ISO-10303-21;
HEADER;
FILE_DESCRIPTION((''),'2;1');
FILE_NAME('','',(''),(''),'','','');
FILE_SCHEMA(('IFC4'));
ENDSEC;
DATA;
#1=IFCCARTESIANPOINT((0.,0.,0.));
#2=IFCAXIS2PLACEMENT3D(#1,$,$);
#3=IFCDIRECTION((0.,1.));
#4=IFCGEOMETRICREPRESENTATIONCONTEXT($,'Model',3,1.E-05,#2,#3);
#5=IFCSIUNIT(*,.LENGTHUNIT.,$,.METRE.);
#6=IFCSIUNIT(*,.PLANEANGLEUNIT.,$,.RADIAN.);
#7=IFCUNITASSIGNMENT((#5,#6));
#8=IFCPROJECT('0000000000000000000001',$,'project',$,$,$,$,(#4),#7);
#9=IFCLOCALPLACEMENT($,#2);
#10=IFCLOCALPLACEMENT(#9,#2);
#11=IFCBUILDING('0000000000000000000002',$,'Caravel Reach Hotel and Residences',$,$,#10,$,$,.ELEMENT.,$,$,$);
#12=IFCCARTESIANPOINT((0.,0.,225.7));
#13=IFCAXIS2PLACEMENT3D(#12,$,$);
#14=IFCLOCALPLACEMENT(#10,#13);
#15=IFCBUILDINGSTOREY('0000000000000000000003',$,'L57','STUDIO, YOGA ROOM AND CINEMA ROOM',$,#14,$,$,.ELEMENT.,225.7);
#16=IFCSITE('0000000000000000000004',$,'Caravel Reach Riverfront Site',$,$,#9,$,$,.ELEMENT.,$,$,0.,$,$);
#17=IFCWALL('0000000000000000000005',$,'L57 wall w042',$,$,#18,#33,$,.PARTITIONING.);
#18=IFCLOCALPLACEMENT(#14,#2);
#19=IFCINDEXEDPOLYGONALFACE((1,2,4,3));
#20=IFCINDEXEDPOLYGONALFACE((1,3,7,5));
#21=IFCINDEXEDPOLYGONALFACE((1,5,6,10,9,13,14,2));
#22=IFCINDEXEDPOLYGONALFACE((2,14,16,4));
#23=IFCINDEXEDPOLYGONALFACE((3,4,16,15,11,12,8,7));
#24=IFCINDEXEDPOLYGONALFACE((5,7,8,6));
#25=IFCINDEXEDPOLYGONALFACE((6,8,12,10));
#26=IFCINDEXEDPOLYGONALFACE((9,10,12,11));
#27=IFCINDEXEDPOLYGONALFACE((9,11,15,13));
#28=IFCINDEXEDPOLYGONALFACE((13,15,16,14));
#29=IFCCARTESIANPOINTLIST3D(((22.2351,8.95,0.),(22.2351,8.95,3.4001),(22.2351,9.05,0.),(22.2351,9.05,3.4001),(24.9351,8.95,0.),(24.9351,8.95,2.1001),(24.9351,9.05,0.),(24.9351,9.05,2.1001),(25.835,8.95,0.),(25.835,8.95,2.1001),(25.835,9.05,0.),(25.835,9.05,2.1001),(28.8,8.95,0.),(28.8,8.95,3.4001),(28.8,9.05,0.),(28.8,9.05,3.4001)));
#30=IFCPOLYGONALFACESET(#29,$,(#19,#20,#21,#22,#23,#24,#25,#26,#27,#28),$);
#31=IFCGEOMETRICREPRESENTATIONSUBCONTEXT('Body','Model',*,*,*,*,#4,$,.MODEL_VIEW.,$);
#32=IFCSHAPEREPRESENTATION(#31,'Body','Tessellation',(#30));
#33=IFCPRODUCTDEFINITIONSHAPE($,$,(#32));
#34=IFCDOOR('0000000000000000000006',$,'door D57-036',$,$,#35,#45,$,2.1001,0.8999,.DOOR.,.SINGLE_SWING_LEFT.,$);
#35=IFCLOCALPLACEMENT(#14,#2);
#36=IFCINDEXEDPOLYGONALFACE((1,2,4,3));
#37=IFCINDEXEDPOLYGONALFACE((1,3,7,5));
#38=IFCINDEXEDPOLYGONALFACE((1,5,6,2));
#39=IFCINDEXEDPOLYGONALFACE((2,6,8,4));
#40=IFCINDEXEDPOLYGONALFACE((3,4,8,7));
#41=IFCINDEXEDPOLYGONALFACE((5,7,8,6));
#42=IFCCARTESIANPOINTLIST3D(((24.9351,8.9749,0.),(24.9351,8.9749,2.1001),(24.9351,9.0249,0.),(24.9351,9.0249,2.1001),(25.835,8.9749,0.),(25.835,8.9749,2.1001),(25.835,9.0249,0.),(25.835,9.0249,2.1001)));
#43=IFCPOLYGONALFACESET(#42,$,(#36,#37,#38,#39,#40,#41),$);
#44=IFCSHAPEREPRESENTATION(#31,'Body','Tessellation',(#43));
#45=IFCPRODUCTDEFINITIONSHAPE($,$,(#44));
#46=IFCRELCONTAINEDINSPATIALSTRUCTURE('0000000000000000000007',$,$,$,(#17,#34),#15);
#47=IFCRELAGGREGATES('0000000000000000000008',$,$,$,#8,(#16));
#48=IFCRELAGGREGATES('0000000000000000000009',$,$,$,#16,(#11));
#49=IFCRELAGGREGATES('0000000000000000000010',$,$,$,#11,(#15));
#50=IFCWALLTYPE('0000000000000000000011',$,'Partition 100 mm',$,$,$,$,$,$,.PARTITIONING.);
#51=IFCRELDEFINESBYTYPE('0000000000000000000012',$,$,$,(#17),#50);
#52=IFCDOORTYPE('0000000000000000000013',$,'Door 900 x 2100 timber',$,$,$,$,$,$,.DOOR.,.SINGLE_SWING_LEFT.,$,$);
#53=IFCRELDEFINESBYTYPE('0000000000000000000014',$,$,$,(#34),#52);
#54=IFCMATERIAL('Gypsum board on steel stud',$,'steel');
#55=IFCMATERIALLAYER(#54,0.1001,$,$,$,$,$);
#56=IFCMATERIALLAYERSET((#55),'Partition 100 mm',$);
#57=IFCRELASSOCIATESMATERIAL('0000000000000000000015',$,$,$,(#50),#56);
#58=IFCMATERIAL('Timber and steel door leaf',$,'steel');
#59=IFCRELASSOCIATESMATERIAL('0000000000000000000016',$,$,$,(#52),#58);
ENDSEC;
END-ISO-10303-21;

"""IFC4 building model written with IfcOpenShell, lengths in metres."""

from ifc_helpers import new_model, si_unit, direction, frame, frame_2d, origin, place, context, subcontext, project, spatial, rectangle, extrude, material, layer, layer_set, type_object, element, fill, save


model = new_model("IFC4")

# Units and contexts
model_context = context("Model", 3, precision=1e-05, world=origin(), true_north=direction((0.0, 1.0)))
body_context = subcontext(model_context, "Body", "Model", "MODEL_VIEW")
ifc_project = project(units=[si_unit("LENGTHUNIT", "METRE"), si_unit("PLANEANGLEUNIT", "RADIAN")], contexts=[model_context])

# Site, building, storey
site_placement = place(None, origin())
site = spatial("IfcSite", under=ifc_project, at=site_placement, Name="Caravel Reach Riverfront Site", CompositionType="ELEMENT", RefElevation=0.0)
building_placement = place(site_placement, origin())
building = spatial("IfcBuilding", under=site, at=building_placement, Name="Caravel Reach Hotel and Residences", CompositionType="ELEMENT")
storey_placement = place(building_placement, frame((0.0, 0.0, 225.7)))
storey = spatial("IfcBuildingStorey", under=building, at=storey_placement, Name="L57", Description="STUDIO, YOGA ROOM AND CINEMA ROOM", CompositionType="ELEMENT", Elevation=225.7)

# Shared definitions
ifc_material_1 = material(Name="Gypsum board on steel stud", Category="steel")
ifc_layer_1 = layer(ifc_material_1, 0.1001)
ifc_layer_set_1 = layer_set([ifc_layer_1], Name="Partition 100 mm")
wall_type_1 = type_object("IfcWallType", Name="Partition 100 mm", PredefinedType="PARTITIONING", material=ifc_layer_set_1)

# Wall, opening, door
wall_1_placement = place(storey_placement, frame((22.2351, 9.0, 0.0), z_axis=(0.0, 0.0, 1.0), x_axis=(1.0, 0.0, 0.0)))
wall_1 = element("IfcWall", 1, at=wall_1_placement, inside=storey, type_object=wall_type_1, Name="L57 wall w042", PredefinedType="PARTITIONING", context=body_context, shape_type="SweptSolid", body=[
    extrude(rectangle(XDim=6.5649, YDim=0.1001, at=frame_2d((3.2825, 0.0))), origin(), (0.0, 0.0, 1.0), 3.4001),
])
opening_1_placement = place(wall_1_placement, frame((2.7, 0.0, 0.0)))
opening_1 = element("IfcOpeningElement", 2, at=opening_1_placement, cuts=wall_1, PredefinedType="OPENING", context=body_context, shape_type="SweptSolid", body=[
    extrude(rectangle(XDim=0.8999, YDim=2.1001, at=frame_2d((0.45, 1.05))), frame((0.0, 0.0601, 0.0), z_axis=(0.0, -1.0, 0.0), x_axis=(1.0, 0.0, 0.0)), (0.0, 0.0, 1.0), 0.1201),
])
ifc_material_2 = material(Name="Timber and steel door leaf", Category="steel")
door_type = type_object("IfcDoorType", Name="Door 900 x 2100 timber", OperationType="SINGLE_SWING_LEFT", PredefinedType="DOOR", material=ifc_material_2)
door_placement = place(opening_1_placement, origin())
door = element("IfcDoor", 3, at=door_placement, inside=storey, type_object=door_type, Name="door D57-036", OperationType="SINGLE_SWING_LEFT", OverallHeight=2.1001, OverallWidth=0.8999, PredefinedType="DOOR", context=body_context, shape_type="SweptSolid", body=[
    extrude(rectangle(XDim=0.8999, YDim=2.1001, at=frame_2d((0.45, 1.05))), frame((0.0, 0.0249, 0.0), z_axis=(0.0, -1.0, 0.0), x_axis=(1.0, 0.0, 0.0)), (0.0, 0.0, 1.0), 0.05),
])
fill(opening_1, door)

save(model, "model.ifc")
